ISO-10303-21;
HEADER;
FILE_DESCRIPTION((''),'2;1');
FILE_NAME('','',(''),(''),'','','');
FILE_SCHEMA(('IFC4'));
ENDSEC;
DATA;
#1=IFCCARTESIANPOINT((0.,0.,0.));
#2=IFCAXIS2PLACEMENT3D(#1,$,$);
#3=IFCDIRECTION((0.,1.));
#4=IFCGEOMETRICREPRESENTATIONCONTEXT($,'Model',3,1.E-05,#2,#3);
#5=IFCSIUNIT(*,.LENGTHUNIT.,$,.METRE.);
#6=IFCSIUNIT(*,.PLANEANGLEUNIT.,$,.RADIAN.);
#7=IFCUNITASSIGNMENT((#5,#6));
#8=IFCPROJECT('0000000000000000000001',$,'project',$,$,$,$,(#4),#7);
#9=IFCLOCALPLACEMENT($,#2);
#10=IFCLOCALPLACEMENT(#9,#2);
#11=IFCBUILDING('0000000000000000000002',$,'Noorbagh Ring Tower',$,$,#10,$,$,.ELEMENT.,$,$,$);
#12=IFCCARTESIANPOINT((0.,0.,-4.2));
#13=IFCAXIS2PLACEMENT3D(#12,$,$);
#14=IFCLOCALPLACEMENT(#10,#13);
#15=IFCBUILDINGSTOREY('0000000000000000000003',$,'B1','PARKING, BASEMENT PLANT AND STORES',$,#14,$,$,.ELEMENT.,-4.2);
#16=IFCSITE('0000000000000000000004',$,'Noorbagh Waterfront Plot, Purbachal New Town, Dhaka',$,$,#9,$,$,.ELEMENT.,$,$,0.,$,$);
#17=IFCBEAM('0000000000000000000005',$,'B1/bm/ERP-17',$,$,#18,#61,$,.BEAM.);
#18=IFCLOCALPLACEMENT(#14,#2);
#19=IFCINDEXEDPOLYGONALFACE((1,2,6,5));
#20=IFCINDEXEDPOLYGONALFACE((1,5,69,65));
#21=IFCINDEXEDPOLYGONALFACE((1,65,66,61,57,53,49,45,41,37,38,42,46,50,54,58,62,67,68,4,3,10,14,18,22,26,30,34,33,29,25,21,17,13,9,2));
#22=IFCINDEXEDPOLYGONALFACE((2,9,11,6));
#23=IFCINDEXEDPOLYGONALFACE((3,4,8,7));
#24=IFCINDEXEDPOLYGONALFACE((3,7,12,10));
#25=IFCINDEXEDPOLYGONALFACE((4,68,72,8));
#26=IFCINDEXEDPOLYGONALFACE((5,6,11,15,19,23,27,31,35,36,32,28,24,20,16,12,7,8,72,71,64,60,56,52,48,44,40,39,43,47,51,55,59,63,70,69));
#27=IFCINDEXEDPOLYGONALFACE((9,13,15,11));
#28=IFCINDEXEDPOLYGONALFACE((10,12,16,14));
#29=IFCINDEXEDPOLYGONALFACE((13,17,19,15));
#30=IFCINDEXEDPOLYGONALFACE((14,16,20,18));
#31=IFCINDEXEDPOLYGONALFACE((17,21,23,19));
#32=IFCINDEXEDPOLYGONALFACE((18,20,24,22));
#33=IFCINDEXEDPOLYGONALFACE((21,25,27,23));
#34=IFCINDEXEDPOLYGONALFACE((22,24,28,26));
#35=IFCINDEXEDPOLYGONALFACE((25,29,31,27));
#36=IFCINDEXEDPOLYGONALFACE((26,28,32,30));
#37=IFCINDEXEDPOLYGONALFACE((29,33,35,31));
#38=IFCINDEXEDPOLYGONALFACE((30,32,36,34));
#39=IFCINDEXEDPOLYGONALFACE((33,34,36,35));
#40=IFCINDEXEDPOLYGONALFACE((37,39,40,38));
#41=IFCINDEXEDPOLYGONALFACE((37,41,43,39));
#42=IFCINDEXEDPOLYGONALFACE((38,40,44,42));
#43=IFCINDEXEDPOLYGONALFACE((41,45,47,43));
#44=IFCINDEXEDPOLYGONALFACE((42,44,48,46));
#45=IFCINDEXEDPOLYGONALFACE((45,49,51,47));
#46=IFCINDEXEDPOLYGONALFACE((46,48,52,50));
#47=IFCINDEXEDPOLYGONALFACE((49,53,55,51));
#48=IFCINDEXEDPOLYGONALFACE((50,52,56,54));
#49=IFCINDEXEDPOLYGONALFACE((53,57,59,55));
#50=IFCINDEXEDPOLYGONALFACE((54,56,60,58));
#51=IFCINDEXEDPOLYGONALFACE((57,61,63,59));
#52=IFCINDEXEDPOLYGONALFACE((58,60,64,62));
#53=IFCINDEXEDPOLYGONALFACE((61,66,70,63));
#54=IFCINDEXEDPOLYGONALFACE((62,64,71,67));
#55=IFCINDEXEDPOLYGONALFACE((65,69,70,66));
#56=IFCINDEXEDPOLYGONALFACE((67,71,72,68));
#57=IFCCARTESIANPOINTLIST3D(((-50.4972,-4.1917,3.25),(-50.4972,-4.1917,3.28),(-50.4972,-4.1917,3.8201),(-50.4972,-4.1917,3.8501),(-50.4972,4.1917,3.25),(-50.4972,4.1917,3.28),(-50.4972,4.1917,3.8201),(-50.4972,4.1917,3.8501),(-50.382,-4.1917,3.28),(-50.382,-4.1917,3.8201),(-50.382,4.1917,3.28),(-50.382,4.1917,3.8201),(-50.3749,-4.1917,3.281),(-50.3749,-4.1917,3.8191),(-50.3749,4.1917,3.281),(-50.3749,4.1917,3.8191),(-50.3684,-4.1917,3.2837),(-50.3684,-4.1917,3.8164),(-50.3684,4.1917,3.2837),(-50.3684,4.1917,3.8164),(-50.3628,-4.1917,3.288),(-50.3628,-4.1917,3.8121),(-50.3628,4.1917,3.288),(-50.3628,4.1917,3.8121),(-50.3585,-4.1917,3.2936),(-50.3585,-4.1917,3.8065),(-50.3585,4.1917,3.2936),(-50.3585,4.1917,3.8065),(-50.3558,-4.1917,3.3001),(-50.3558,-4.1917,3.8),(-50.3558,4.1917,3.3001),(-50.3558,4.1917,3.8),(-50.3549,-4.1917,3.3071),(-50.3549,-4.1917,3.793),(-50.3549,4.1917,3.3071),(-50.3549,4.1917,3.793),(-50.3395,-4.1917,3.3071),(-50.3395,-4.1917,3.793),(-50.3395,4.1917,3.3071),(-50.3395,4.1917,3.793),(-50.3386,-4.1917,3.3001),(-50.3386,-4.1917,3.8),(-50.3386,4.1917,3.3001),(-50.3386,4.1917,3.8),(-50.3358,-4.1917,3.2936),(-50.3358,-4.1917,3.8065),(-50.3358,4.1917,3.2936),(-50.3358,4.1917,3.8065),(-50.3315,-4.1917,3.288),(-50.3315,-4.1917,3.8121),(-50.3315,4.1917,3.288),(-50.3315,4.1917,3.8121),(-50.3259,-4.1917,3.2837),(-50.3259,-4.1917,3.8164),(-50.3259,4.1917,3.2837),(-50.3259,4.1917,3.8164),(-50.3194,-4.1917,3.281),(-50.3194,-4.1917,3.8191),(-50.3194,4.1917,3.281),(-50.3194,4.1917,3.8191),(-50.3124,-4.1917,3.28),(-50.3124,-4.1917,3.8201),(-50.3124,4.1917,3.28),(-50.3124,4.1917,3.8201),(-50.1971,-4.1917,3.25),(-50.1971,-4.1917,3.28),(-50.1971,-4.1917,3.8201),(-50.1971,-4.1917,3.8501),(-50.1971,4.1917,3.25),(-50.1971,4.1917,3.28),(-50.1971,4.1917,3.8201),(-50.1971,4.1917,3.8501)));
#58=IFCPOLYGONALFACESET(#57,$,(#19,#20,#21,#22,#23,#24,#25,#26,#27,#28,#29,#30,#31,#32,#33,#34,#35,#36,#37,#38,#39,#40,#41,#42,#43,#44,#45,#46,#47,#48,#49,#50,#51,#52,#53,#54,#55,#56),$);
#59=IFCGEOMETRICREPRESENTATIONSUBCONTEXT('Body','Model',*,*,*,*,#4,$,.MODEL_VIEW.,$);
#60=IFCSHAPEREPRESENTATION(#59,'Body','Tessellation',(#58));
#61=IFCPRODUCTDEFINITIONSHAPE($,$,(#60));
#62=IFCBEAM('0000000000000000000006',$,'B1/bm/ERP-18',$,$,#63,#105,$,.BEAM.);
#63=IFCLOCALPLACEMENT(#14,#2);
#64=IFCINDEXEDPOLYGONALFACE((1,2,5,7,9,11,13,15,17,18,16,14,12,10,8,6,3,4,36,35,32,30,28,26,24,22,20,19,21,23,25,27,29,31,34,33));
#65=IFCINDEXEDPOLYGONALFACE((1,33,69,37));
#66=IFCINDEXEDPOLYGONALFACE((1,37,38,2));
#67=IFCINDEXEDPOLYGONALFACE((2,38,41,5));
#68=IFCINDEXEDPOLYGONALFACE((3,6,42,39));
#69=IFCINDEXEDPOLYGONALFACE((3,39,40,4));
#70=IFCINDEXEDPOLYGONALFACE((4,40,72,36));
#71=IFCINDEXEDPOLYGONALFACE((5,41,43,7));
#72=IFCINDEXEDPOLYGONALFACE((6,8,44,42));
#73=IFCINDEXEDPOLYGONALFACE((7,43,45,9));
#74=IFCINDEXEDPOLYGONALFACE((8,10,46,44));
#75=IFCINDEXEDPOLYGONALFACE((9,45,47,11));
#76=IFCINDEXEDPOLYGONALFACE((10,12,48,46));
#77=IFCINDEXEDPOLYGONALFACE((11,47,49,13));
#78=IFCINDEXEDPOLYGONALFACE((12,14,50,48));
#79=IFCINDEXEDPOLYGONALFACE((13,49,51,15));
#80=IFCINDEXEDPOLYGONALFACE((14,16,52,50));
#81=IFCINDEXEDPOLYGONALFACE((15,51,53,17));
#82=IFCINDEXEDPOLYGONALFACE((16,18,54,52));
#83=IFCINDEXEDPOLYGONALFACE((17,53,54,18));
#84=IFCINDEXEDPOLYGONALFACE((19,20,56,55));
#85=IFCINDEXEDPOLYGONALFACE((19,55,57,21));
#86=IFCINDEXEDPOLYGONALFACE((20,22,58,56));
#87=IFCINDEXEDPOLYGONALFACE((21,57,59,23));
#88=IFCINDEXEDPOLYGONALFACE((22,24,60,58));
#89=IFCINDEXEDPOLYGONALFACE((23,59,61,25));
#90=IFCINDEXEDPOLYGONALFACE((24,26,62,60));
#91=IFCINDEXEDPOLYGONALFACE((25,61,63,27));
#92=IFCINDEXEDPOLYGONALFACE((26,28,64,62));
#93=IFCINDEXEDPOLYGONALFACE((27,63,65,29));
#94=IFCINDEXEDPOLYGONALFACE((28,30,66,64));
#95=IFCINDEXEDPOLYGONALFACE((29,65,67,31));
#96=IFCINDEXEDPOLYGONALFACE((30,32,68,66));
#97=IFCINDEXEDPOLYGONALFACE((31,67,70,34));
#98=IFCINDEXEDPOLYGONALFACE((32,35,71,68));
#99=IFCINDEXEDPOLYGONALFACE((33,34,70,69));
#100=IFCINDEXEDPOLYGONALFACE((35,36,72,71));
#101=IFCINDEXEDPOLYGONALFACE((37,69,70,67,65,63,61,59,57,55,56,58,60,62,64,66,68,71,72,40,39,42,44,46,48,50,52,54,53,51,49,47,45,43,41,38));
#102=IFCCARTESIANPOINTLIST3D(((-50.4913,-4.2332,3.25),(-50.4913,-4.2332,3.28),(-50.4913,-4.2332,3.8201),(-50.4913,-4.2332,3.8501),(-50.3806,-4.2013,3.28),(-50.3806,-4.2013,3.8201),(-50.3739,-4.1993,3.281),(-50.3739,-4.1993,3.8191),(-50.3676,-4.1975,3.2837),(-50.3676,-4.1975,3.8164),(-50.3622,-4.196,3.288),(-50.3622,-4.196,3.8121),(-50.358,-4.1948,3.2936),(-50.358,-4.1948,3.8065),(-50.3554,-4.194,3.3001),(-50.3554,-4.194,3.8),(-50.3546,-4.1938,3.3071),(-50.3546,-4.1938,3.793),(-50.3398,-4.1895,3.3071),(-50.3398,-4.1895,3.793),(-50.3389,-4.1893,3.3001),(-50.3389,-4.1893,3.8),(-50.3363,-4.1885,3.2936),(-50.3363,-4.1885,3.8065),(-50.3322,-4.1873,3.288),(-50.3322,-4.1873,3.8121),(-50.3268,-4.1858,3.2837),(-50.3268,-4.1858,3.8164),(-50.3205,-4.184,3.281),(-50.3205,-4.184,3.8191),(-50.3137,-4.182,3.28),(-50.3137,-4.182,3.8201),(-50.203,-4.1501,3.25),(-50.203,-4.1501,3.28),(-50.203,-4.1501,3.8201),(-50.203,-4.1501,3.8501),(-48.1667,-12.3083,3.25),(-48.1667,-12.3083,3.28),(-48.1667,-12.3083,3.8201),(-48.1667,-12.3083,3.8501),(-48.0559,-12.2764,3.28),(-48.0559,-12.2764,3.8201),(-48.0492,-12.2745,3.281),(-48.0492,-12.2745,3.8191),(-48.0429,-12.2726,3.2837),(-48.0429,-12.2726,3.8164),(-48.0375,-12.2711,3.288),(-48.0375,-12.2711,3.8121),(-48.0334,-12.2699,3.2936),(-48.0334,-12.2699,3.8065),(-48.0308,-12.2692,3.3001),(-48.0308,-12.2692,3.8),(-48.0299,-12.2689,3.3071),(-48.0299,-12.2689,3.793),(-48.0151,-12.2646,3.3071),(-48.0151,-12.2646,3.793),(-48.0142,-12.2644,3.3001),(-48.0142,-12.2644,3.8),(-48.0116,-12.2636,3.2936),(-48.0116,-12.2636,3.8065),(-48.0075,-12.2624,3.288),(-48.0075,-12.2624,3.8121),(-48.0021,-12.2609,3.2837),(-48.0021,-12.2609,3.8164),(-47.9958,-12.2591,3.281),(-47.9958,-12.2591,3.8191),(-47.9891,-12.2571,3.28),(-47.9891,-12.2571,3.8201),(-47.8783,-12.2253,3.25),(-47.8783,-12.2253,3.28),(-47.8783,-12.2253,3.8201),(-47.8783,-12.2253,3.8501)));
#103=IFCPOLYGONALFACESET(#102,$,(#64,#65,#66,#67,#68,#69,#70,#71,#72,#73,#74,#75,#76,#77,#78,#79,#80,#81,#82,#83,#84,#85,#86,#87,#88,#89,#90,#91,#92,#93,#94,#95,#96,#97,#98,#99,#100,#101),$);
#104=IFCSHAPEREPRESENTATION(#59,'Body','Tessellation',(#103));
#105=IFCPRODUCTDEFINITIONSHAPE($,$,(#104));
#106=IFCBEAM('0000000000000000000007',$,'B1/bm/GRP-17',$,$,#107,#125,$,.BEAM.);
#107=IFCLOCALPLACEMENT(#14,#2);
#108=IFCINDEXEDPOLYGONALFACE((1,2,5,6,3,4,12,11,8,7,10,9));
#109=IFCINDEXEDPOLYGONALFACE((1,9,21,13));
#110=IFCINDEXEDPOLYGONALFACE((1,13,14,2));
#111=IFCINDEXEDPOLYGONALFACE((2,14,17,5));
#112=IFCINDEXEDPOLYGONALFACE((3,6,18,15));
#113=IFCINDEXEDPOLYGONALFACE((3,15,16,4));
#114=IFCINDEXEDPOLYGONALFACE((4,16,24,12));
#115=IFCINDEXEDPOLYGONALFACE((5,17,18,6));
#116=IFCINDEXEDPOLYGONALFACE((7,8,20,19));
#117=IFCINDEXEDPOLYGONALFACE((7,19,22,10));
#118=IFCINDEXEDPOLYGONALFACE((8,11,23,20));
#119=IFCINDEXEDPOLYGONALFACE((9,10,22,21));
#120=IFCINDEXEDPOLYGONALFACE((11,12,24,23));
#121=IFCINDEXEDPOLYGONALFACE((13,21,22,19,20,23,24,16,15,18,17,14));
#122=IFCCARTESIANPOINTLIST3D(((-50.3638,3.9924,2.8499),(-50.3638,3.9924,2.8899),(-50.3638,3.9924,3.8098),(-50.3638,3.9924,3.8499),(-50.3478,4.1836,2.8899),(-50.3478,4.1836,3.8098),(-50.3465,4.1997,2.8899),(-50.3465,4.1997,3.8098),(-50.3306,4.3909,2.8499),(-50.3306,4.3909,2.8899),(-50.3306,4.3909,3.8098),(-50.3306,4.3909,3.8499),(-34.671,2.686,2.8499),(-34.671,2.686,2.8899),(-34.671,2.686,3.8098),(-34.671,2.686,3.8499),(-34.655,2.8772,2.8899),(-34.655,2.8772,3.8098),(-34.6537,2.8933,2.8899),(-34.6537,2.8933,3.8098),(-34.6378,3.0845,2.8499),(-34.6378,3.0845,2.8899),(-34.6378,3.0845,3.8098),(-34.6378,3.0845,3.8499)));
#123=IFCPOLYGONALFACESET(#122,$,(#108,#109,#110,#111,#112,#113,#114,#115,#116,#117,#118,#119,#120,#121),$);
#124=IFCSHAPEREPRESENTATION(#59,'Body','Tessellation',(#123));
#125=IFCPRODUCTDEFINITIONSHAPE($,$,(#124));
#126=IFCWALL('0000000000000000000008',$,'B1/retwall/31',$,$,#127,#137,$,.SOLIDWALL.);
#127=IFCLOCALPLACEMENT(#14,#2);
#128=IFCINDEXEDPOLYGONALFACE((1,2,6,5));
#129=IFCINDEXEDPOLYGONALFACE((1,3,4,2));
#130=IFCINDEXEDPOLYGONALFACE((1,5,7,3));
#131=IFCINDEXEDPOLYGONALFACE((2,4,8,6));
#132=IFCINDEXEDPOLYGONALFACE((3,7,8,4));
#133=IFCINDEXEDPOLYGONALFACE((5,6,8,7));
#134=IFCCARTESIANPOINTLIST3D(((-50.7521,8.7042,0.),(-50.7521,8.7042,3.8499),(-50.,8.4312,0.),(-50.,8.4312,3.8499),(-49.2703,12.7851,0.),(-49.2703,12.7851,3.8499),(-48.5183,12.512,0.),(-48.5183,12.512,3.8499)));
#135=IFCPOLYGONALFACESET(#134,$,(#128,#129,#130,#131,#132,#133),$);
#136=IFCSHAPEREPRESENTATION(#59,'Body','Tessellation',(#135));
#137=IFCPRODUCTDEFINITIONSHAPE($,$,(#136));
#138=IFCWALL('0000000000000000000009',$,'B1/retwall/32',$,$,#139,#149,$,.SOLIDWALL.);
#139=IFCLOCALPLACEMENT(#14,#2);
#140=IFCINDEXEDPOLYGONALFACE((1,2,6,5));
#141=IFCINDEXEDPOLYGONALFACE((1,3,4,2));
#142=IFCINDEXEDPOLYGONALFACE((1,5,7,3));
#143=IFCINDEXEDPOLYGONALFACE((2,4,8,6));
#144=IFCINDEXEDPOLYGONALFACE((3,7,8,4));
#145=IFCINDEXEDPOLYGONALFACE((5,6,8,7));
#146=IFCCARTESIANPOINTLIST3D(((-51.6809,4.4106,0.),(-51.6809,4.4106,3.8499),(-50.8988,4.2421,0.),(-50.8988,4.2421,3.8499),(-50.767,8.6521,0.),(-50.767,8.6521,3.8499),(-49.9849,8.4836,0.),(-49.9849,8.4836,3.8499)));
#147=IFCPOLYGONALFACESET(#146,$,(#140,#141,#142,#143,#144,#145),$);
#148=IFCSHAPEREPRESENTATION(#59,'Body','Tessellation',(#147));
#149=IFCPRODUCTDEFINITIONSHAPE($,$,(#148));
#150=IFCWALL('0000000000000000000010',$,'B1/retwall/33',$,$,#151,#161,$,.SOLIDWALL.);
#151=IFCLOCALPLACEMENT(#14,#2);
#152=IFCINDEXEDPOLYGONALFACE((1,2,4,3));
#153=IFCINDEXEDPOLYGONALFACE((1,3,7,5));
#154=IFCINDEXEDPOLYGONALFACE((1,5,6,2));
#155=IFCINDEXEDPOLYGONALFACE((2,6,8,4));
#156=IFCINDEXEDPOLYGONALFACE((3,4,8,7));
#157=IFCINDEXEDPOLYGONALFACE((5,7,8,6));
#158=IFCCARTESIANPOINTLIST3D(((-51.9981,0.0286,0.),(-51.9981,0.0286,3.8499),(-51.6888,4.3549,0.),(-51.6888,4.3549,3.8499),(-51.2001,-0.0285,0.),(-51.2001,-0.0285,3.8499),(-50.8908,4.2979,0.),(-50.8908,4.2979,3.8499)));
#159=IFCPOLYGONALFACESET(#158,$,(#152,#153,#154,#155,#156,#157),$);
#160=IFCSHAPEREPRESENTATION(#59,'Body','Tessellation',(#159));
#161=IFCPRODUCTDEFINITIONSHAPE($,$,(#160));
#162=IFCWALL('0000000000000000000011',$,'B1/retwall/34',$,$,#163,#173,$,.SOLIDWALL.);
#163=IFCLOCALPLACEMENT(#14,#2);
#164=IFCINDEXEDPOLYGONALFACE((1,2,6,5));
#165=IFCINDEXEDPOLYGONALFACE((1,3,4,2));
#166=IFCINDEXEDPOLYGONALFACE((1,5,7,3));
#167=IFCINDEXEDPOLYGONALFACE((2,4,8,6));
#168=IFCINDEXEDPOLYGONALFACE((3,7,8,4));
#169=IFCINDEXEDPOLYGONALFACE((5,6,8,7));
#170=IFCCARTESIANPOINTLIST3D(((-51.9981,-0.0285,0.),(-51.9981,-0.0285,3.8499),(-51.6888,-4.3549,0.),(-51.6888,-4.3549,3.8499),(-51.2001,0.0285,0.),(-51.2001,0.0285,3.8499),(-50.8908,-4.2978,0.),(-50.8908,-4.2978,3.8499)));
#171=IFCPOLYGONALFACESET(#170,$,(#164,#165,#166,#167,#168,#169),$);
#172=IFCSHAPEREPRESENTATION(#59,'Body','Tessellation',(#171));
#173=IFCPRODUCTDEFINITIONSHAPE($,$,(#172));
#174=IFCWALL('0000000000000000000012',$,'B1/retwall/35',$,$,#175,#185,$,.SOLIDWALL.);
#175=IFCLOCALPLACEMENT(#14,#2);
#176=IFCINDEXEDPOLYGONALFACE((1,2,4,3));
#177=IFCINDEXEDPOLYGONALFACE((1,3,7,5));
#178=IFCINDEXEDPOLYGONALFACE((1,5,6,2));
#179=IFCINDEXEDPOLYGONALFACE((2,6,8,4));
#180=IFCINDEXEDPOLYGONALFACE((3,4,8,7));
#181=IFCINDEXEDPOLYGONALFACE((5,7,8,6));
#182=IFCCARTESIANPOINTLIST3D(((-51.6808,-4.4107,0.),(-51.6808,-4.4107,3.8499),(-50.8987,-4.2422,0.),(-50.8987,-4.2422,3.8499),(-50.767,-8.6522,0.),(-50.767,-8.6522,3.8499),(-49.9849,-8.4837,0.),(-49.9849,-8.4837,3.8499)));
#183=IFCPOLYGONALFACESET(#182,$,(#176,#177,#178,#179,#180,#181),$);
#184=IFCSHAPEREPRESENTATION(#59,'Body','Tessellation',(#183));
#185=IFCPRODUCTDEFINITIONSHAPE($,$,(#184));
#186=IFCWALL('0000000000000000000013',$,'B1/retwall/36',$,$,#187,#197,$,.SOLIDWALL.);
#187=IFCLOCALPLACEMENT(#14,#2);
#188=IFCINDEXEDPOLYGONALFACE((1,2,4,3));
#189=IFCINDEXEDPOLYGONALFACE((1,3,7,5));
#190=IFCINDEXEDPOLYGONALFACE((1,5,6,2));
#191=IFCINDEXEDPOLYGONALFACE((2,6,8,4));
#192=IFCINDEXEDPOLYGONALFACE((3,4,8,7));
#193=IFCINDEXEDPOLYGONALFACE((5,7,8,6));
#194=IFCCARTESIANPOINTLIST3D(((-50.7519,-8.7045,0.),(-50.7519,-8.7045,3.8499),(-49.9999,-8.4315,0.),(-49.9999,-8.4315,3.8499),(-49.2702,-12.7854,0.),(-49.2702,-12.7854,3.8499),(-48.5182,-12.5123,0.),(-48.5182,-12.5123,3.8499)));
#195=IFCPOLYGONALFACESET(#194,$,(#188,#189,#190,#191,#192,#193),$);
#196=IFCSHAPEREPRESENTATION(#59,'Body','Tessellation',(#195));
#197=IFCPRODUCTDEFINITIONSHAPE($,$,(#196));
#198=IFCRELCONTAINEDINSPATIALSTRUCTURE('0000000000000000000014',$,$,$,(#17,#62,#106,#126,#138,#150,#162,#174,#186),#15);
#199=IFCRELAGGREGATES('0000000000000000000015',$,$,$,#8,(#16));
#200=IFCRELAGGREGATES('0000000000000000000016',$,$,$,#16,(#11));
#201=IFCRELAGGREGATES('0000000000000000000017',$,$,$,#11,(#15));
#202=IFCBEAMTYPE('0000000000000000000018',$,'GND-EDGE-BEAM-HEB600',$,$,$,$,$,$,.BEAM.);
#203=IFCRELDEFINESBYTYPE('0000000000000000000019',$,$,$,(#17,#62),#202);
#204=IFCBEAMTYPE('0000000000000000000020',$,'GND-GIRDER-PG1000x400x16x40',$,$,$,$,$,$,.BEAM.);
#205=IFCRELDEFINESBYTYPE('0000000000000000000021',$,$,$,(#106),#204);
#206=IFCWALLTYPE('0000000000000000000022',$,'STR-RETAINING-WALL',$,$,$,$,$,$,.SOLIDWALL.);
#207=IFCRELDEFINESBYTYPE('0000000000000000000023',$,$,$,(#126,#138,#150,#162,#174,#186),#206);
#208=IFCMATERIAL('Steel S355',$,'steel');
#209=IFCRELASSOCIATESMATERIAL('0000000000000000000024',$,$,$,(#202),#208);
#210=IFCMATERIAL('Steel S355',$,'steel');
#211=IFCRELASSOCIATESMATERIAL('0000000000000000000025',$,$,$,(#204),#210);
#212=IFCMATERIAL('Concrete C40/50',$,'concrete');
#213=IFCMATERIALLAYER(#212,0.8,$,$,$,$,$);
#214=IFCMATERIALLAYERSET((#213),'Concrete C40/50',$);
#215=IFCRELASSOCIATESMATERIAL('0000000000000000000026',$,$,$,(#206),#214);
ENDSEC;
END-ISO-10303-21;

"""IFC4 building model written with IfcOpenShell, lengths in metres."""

from ifc_helpers import new_model, si_unit, direction, frame, frame_2d, origin, origin_2d, place, context, subcontext, project, spatial, rectangle, i_section, extrude, material, layer, layer_set, material_profile, profile_set, type_object, element, save


model = new_model("IFC4")

# Units and contexts
model_context = context("Model", 3, precision=1e-05, world=origin(), true_north=direction((0.0, 1.0)))
body_context = subcontext(model_context, "Body", "Model", "MODEL_VIEW")
ifc_project = project(units=[si_unit("LENGTHUNIT", "METRE"), si_unit("PLANEANGLEUNIT", "RADIAN")], contexts=[model_context])

# Site, building, storey
site_placement = place(None, origin())
site = spatial("IfcSite", under=ifc_project, at=site_placement, Name="Noorbagh Waterfront Plot, Purbachal New Town, Dhaka", CompositionType="ELEMENT", RefElevation=0.0)
building_placement = place(site_placement, origin())
building = spatial("IfcBuilding", under=site, at=building_placement, Name="Noorbagh Ring Tower", CompositionType="ELEMENT")
storey_placement = place(building_placement, frame((0.0, 0.0, -4.2)))
storey = spatial("IfcBuildingStorey", under=building, at=storey_placement, Name="B1", Description="PARKING, BASEMENT PLANT AND STORES", CompositionType="ELEMENT", Elevation=-4.2)

# Beams
ifc_material_1 = material(Name="Steel S355", Category="steel")
ifc_material_profile_1 = material_profile(ifc_material_1, i_section(OverallWidth=0.3, OverallDepth=0.6001, WebThickness=0.0154, FlangeThickness=0.03, FilletRadius=0.0271, at=origin_2d()), Name="HEB600")
ifc_profile_set_1 = profile_set([ifc_material_profile_1], Name="Steel S355")
beam_type_1 = type_object("IfcBeamType", Name="GND-EDGE-BEAM-HEB600", PredefinedType="BEAM", material=ifc_profile_set_1)
beam_1_placement = place(storey_placement, frame((-50.3472, 4.1917, 3.55), z_axis=(0.0, -1.0, 0.0), x_axis=(1.0, 0.0, 0.0)))
element("IfcBeam", 1, at=beam_1_placement, inside=storey, type_object=beam_type_1, Name="B1/bm/ERP-17", PredefinedType="BEAM", context=body_context, shape_type="SweptSolid", body=[
    extrude(i_section(OverallWidth=0.3, OverallDepth=0.6001, WebThickness=0.0154, FlangeThickness=0.03, FilletRadius=0.0271, at=origin_2d()), origin(), (0.0, 0.0, 1.0), 8.3833),
])
beam_2_placement = place(storey_placement, frame((-50.3472, -4.1917, 3.55), z_axis=(0.276647, -0.960972, 0.0), x_axis=(0.960972, 0.276647, 0.0)))
element("IfcBeam", 2, at=beam_2_placement, inside=storey, type_object=beam_type_1, Name="B1/bm/ERP-18", PredefinedType="BEAM", context=body_context, shape_type="SweptSolid", body=[
    extrude(i_section(OverallWidth=0.3, OverallDepth=0.6001, WebThickness=0.0154, FlangeThickness=0.03, FilletRadius=0.0271, at=origin_2d()), origin(), (0.0, 0.0, 1.0), 8.4031),
])
ifc_material_2 = material(Name="Steel S355", Category="steel")
ifc_material_profile_2 = material_profile(ifc_material_2, i_section(OverallWidth=0.3999, OverallDepth=1.0, WebThickness=0.0161, FlangeThickness=0.04, at=origin_2d()), Name="PG1000x400x16x40")
ifc_profile_set_2 = profile_set([ifc_material_profile_2], Name="Steel S355")
beam_type_2 = type_object("IfcBeamType", Name="GND-GIRDER-PG1000x400x16x40", PredefinedType="BEAM", material=ifc_profile_set_2)
beam_3_placement = place(storey_placement, frame((-50.3472, 4.1917, 3.3499), z_axis=(0.996553, -0.082961, 0.0), x_axis=(0.082961, 0.996553, 0.0)))
element("IfcBeam", 3, at=beam_3_placement, inside=storey, type_object=beam_type_2, Name="B1/bm/GRP-17", PredefinedType="BEAM", context=body_context, shape_type="SweptSolid", body=[
    extrude(i_section(OverallWidth=0.3999, OverallDepth=1.0, WebThickness=0.0161, FlangeThickness=0.04, at=origin_2d()), origin(), (0.0, 0.0, 1.0), 15.7471),
])

# Walls
ifc_material_3 = material(Name="Concrete C40/50", Category="concrete")
ifc_layer_1 = layer(ifc_material_3, 0.8)
ifc_layer_set_1 = layer_set([ifc_layer_1], Name="Concrete C40/50")
wall_type_1 = type_object("IfcWallType", Name="STR-RETAINING-WALL", PredefinedType="SOLIDWALL", material=ifc_layer_set_1)
wall_1_placement = place(storey_placement, frame((-48.8943, 12.6487, 0.0), z_axis=(0.0, 0.0, 1.0), x_axis=(-0.341287, -0.939959, 0.0)))
element("IfcWall", 4, at=wall_1_placement, inside=storey, type_object=wall_type_1, Name="B1/retwall/31", PredefinedType="SOLIDWALL", context=body_context, shape_type="SweptSolid", body=[
    extrude(rectangle(XDim=4.3416, YDim=0.8, at=frame_2d((2.1709, 0.0))), origin(), (0.0, 0.0, 1.0), 3.8499),
])
wall_2_placement = place(storey_placement, frame((-50.376, 8.5679, 0.0), z_axis=(0.0, 0.0, 1.0), x_axis=(-0.210616, -0.977569, 0.0)))
element("IfcWall", 5, at=wall_2_placement, inside=storey, type_object=wall_type_1, Name="B1/retwall/32", PredefinedType="SOLIDWALL", context=body_context, shape_type="SweptSolid", body=[
    extrude(rectangle(XDim=4.3389, YDim=0.8, at=frame_2d((2.1694, 0.0))), origin(), (0.0, 0.0, 1.0), 3.8499),
])
for number, where, z_axis, x_axis, name in (
    (6, (-51.2898, 4.3264, 0.0), (0.0, 0.0, 1.0), (-0.071315, -0.997454, 0.0), "B1/retwall/33"),
    (7, (-51.5991, 0.0, 0.0), (0.0, 0.0, 1.0), (0.071315, -0.997454, 0.0), "B1/retwall/34"),
):
    element("IfcWall", number, at=place(storey_placement, frame(where, z_axis=z_axis, x_axis=x_axis)), inside=storey, type_object=wall_type_1, Name=name, PredefinedType="SOLIDWALL", context=body_context, shape_type="SweptSolid", body=[
        extrude(rectangle(XDim=4.3374, YDim=0.8, at=frame_2d((2.1687, 0.0))), origin(), (0.0, 0.0, 1.0), 3.8499),
    ])
wall_3_placement = place(storey_placement, frame((-51.2898, -4.3264, 0.0), z_axis=(0.0, 0.0, 1.0), x_axis=(0.210616, -0.977569, 0.0)))
element("IfcWall", 8, at=wall_3_placement, inside=storey, type_object=wall_type_1, Name="B1/retwall/35", PredefinedType="SOLIDWALL", context=body_context, shape_type="SweptSolid", body=[
    extrude(rectangle(XDim=4.3389, YDim=0.8, at=frame_2d((2.1694, 0.0))), origin(), (0.0, 0.0, 1.0), 3.8499),
])
wall_4_placement = place(storey_placement, frame((-50.376, -8.5679, 0.0), z_axis=(0.0, 0.0, 1.0), x_axis=(0.341287, -0.939959, 0.0)))
element("IfcWall", 9, at=wall_4_placement, inside=storey, type_object=wall_type_1, Name="B1/retwall/36", PredefinedType="SOLIDWALL", context=body_context, shape_type="SweptSolid", body=[
    extrude(rectangle(XDim=4.3416, YDim=0.8, at=frame_2d((2.1709, 0.0))), origin(), (0.0, 0.0, 1.0), 3.8499),
])

save(model, "model.ifc")
